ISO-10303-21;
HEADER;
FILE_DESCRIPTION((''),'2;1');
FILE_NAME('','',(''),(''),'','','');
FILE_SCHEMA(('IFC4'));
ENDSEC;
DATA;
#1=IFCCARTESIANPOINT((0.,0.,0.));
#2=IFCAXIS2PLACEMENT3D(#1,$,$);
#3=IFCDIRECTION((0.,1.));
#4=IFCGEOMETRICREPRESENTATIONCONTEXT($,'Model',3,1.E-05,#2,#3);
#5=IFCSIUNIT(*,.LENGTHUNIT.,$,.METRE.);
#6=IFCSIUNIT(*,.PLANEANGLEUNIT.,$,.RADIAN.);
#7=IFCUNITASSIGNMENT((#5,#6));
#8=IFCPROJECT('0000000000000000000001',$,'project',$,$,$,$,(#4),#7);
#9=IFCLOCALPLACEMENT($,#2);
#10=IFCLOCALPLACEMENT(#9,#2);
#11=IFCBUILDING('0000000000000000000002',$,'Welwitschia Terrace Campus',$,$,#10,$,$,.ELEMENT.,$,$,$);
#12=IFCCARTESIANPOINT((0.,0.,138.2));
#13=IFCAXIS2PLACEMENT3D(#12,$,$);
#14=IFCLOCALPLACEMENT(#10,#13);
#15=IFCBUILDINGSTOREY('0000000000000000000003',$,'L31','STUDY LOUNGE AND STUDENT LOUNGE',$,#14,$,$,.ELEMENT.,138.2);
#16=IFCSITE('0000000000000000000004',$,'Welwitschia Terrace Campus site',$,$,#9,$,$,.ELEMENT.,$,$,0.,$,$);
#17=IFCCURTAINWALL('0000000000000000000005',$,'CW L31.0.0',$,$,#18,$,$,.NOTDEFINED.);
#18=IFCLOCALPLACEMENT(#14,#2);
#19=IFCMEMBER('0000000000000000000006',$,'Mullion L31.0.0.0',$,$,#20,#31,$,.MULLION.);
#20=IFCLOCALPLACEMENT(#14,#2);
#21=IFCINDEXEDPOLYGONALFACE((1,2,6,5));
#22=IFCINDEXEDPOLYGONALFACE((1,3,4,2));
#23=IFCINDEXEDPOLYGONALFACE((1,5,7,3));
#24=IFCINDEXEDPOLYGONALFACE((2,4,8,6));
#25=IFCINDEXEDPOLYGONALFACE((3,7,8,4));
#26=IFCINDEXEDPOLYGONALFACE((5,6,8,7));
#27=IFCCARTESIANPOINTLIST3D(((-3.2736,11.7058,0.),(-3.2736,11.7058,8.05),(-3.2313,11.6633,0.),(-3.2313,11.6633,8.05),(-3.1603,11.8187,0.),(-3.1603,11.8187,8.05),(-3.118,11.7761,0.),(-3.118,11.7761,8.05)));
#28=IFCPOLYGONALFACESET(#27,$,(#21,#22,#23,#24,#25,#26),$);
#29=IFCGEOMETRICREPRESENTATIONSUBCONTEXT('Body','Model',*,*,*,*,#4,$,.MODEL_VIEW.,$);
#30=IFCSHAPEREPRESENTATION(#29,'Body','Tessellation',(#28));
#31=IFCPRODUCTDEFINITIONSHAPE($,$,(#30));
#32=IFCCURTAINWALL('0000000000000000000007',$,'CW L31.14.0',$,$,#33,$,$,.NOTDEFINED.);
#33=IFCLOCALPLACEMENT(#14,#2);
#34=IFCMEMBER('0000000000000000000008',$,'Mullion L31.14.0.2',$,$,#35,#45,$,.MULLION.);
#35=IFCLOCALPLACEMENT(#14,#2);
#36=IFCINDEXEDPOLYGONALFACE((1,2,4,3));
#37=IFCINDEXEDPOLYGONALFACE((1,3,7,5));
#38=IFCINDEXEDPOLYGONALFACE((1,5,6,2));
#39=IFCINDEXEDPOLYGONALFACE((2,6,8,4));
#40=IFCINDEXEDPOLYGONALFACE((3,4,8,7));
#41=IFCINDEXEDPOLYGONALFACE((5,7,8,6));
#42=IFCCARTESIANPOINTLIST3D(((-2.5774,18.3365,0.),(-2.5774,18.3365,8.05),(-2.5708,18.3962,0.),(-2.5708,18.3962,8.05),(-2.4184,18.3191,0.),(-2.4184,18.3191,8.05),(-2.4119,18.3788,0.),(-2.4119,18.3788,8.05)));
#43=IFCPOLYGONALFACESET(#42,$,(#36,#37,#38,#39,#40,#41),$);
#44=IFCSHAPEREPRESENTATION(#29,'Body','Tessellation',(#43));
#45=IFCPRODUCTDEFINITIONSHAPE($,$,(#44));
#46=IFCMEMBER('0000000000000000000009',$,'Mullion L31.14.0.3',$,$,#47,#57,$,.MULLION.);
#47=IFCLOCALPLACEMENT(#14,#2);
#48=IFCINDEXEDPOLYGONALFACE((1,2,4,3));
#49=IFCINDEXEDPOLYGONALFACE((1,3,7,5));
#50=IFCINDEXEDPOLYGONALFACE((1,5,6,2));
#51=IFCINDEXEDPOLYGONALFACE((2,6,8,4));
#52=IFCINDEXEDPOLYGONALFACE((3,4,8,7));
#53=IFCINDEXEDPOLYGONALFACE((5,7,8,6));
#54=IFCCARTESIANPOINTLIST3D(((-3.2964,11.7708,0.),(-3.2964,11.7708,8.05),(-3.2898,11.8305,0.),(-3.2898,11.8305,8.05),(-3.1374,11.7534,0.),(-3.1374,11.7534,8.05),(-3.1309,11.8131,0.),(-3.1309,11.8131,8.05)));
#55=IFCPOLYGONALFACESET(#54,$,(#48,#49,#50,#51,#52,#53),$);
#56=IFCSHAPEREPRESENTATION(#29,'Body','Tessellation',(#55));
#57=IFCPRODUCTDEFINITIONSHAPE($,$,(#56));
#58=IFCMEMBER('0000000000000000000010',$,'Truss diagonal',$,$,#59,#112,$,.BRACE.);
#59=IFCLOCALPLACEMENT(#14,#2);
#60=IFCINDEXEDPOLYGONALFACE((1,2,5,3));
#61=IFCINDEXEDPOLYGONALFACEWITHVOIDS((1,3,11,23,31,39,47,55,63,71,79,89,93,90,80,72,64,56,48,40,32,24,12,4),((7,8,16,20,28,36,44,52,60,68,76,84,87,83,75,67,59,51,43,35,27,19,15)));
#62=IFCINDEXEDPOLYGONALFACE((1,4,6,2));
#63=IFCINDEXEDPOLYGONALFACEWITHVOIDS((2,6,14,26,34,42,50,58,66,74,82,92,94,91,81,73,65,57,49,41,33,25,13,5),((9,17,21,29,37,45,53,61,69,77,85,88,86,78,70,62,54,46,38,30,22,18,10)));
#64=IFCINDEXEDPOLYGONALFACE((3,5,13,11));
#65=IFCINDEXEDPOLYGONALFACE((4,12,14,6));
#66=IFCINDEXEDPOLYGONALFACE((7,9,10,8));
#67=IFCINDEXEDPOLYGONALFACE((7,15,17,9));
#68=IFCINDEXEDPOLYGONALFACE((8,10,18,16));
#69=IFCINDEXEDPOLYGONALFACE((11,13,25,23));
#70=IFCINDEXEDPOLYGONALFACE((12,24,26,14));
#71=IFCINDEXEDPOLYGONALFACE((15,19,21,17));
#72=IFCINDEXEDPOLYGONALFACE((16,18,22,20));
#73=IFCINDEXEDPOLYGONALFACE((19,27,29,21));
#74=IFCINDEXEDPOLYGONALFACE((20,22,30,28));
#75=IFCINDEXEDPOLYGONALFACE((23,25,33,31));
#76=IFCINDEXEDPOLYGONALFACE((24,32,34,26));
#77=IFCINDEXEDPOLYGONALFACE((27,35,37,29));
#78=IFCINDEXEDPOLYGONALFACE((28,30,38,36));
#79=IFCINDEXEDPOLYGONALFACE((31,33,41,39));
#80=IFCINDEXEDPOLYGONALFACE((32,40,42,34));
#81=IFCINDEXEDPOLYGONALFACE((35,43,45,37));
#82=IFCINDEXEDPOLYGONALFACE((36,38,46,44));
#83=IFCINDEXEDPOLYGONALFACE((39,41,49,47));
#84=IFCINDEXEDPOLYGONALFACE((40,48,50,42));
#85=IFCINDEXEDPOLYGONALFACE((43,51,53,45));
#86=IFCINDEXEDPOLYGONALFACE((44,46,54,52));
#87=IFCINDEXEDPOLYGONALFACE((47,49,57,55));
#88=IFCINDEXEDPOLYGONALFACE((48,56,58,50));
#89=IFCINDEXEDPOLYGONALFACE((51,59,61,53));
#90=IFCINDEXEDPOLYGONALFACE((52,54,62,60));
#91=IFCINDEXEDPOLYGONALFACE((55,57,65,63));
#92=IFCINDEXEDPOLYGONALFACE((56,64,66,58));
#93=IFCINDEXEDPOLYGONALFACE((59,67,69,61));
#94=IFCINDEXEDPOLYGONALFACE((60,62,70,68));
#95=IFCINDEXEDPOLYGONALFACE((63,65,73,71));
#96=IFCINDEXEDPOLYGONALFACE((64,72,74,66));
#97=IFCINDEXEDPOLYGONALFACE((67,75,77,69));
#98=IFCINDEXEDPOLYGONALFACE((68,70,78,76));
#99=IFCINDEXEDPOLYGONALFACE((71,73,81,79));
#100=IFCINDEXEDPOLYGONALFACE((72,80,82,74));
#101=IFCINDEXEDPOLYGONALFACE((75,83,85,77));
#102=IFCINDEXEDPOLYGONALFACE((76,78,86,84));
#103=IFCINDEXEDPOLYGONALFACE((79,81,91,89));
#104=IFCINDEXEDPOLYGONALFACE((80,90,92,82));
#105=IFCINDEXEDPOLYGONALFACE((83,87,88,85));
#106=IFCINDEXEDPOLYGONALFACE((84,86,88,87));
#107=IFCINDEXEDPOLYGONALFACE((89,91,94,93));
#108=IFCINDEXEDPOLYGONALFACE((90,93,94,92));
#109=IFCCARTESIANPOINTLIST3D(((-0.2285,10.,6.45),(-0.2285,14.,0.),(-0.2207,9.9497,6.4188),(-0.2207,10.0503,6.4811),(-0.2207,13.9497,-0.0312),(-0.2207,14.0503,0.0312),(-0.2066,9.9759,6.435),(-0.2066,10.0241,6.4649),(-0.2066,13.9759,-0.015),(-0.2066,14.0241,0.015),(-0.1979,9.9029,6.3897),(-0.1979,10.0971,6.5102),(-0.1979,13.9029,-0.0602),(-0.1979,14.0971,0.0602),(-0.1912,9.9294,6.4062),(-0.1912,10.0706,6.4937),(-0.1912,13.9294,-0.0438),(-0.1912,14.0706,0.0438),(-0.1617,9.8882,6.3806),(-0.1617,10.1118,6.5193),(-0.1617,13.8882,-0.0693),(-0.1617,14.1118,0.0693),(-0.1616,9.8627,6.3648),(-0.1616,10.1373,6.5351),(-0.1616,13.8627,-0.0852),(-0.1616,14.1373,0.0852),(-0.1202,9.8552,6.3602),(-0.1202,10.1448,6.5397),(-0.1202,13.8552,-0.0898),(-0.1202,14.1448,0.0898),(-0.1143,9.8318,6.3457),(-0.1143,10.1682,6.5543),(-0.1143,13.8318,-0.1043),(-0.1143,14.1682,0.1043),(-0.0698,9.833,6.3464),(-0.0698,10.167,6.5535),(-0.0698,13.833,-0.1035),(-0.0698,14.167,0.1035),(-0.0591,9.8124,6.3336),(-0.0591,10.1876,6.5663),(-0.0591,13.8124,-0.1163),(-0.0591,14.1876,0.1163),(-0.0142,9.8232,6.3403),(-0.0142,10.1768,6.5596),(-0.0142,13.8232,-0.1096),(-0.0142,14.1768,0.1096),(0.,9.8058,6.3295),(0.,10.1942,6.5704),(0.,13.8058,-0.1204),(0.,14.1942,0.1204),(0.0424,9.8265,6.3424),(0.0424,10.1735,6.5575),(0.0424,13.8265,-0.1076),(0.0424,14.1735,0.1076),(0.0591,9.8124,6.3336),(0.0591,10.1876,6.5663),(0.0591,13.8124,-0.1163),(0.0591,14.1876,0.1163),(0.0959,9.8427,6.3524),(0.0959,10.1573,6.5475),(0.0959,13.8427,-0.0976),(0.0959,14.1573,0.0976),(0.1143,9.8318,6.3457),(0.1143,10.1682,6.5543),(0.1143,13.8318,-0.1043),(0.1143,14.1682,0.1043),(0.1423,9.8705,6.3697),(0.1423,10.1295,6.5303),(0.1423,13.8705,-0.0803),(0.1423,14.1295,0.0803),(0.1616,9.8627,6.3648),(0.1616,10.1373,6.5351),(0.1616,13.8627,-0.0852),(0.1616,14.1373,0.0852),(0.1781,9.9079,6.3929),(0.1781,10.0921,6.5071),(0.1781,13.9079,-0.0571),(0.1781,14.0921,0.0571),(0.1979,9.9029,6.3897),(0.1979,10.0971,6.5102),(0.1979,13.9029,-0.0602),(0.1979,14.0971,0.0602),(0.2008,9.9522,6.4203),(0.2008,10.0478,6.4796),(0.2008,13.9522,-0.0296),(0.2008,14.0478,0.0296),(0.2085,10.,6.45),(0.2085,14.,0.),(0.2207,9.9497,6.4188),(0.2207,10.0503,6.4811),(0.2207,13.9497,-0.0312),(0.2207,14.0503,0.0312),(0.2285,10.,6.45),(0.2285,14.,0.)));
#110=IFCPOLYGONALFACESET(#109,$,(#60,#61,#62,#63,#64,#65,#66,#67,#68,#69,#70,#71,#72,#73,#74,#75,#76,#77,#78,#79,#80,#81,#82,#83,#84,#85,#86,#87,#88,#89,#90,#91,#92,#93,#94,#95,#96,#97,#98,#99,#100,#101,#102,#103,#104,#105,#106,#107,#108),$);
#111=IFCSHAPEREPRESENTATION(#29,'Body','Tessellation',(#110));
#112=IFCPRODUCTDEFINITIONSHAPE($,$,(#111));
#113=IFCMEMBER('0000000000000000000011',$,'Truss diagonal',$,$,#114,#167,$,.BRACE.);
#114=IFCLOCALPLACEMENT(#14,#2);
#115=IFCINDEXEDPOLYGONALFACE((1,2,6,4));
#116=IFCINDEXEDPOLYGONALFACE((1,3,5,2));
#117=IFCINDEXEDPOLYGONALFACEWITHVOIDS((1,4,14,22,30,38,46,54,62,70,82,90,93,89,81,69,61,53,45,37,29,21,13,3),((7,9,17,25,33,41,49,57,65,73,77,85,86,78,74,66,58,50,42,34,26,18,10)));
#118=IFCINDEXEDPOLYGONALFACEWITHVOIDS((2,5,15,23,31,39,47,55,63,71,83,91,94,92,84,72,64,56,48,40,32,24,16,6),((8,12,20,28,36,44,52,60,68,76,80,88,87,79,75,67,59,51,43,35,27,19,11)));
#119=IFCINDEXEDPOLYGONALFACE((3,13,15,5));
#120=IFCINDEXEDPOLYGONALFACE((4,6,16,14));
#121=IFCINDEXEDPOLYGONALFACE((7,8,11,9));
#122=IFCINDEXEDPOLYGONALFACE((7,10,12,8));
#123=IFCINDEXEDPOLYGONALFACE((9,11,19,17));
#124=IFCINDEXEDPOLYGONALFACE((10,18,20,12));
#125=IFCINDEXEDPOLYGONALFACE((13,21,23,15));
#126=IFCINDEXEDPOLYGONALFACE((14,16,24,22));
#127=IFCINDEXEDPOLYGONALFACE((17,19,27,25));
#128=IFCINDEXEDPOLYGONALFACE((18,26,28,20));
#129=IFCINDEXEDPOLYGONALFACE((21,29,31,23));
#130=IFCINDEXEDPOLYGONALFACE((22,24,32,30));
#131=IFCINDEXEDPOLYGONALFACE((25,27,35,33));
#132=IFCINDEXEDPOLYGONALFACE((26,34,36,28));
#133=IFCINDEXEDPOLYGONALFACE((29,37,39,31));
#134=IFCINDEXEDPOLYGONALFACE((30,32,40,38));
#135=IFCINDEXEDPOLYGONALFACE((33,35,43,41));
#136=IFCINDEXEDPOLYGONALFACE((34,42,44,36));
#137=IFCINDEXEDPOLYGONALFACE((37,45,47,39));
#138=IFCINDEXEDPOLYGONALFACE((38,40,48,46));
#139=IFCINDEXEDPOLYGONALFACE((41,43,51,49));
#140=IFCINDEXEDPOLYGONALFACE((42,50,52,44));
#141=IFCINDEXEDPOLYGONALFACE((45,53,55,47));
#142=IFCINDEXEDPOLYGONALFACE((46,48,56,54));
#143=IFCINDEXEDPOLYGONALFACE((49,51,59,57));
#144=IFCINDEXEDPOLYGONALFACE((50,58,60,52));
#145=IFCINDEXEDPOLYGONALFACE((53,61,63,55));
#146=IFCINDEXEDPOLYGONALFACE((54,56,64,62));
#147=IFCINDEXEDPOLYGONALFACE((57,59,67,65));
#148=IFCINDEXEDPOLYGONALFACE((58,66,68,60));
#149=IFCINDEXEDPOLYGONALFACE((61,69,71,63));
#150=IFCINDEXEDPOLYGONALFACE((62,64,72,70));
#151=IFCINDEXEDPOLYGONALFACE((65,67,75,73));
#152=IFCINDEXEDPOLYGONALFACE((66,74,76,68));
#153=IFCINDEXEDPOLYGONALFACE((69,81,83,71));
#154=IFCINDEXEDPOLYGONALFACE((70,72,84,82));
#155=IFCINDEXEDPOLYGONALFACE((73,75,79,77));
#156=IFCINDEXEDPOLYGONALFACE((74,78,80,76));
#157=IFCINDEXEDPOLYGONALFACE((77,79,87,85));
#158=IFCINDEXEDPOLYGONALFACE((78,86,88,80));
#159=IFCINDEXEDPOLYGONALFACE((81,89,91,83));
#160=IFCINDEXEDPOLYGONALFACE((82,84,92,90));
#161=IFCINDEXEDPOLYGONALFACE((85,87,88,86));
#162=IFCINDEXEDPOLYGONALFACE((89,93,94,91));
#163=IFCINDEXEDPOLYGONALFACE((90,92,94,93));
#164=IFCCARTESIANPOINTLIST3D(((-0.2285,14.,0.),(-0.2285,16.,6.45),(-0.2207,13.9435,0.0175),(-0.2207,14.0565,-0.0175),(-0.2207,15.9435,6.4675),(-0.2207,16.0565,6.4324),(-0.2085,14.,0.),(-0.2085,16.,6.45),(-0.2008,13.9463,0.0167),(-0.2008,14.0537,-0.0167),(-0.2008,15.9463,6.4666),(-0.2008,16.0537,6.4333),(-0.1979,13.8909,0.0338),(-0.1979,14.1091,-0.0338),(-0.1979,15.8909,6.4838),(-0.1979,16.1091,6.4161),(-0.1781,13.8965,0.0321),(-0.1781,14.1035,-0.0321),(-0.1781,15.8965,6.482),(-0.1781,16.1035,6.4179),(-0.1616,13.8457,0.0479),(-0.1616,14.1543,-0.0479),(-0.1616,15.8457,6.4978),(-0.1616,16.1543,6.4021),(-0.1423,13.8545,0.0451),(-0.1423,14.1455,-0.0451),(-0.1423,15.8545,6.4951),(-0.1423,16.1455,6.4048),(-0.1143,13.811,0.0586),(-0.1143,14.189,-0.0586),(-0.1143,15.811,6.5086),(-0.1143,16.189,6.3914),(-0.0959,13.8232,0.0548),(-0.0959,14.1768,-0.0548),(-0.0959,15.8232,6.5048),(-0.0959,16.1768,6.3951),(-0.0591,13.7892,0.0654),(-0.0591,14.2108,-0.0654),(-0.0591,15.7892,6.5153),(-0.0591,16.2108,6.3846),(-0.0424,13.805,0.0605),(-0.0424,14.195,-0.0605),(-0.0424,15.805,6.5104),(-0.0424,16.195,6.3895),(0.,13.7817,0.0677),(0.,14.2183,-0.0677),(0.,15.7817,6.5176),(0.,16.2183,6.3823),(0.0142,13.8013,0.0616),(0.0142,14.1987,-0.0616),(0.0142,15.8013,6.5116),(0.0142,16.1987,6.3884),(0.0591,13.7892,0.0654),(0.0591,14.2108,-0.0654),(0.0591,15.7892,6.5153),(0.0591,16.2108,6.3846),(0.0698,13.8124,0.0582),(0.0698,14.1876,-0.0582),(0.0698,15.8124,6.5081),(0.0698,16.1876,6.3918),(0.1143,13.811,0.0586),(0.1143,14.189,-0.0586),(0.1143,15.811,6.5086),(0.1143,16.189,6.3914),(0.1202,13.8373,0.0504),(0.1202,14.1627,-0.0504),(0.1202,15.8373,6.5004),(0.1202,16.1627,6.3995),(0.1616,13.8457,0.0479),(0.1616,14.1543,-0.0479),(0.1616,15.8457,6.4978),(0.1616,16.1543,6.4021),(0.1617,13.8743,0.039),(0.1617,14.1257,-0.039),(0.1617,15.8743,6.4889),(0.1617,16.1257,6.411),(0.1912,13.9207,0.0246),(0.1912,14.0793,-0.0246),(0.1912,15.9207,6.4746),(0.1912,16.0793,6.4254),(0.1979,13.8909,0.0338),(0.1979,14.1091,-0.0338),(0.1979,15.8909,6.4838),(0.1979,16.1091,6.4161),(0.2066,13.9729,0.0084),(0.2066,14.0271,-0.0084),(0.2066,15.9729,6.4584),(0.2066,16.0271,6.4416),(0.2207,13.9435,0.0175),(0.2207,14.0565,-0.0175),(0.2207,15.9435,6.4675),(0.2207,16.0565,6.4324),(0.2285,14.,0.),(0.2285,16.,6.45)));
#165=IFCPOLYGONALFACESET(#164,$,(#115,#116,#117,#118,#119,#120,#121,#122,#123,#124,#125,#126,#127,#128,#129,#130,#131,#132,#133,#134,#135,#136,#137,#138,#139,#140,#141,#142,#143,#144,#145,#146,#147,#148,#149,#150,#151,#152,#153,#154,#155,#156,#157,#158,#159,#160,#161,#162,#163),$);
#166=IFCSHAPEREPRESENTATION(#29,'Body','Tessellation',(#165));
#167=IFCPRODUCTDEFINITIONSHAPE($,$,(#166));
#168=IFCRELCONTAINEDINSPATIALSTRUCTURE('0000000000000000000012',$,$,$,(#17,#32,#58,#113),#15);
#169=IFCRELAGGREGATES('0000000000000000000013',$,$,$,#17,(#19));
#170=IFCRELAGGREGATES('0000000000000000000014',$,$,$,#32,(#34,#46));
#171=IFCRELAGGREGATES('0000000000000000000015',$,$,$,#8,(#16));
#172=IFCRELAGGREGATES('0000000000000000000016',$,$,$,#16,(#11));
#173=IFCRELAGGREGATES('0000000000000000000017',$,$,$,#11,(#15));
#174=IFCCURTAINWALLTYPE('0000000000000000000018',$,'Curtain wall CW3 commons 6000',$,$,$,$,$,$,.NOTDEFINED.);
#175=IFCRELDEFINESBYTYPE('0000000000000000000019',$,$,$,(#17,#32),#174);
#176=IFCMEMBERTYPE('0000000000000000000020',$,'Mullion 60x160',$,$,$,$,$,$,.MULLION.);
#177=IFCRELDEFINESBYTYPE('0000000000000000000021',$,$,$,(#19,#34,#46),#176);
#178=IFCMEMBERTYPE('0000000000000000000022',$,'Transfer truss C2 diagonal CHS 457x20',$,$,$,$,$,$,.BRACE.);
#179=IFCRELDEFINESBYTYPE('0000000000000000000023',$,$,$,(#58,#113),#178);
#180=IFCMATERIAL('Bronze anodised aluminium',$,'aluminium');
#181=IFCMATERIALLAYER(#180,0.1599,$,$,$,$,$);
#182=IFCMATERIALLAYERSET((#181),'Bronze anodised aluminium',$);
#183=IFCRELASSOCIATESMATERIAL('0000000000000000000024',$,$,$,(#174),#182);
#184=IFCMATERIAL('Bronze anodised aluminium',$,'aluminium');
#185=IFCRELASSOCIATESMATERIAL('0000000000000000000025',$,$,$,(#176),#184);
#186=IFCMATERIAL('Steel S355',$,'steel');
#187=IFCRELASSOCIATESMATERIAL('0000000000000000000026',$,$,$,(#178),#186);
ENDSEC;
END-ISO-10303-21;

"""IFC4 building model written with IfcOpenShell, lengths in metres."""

from ifc_helpers import new_model, si_unit, direction, frame, origin, origin_2d, place, context, subcontext, project, spatial, rectangle, hollow_circle, extrude, material, layer, layer_set, material_profile, profile_set, type_object, element, aggregate, save


model = new_model("IFC4")

# Units and contexts
model_context = context("Model", 3, precision=1e-05, world=origin(), true_north=direction((0.0, 1.0)))
body_context = subcontext(model_context, "Body", "Model", "MODEL_VIEW")
ifc_project = project(units=[si_unit("LENGTHUNIT", "METRE"), si_unit("PLANEANGLEUNIT", "RADIAN")], contexts=[model_context])

# Site, building, storey
site_placement = place(None, origin())
site = spatial("IfcSite", under=ifc_project, at=site_placement, Name="Welwitschia Terrace Campus site", CompositionType="ELEMENT", RefElevation=0.0)
building_placement = place(site_placement, origin())
building = spatial("IfcBuilding", under=site, at=building_placement, Name="Welwitschia Terrace Campus", CompositionType="ELEMENT")
storey_placement = place(building_placement, frame((0.0, 0.0, 138.2)))
storey = spatial("IfcBuildingStorey", under=building, at=storey_placement, Name="L31", Description="STUDY LOUNGE AND STUDENT LOUNGE", CompositionType="ELEMENT", Elevation=138.2)

# Curtain wall, member
ifc_material_1 = material(Name="Bronze anodised aluminium", Category="aluminium")
ifc_layer_1 = layer(ifc_material_1, 0.1599)
ifc_layer_set_1 = layer_set([ifc_layer_1], Name="Bronze anodised aluminium")
curtain_wall_type = type_object("IfcCurtainWallType", Name="Curtain wall CW3 commons 6000", PredefinedType="NOTDEFINED", material=ifc_layer_set_1)
curtain_wall_1_placement = place(storey_placement, origin())
curtain_wall_1 = element("IfcCurtainWall", 1, at=curtain_wall_1_placement, inside=storey, type_object=curtain_wall_type, Name="CW L31.0.0", PredefinedType="NOTDEFINED")
ifc_material_2 = material(Name="Bronze anodised aluminium", Category="aluminium")
ifc_material_profile_1 = material_profile(ifc_material_2, rectangle(XDim=0.1599, YDim=0.0601, at=origin_2d()))
ifc_profile_set_1 = profile_set([ifc_material_profile_1], Name="Bronze anodised aluminium")
member_type_1 = type_object("IfcMemberType", Name="Mullion 60x160", PredefinedType="MULLION", material=ifc_profile_set_1)
member_1_placement = place(storey_placement, frame((-3.1958, 11.741, 0.0), z_axis=(0.0, 0.0, 1.0), x_axis=(0.708542, 0.705668, 0.0)))
member_1 = element("IfcMember", 2, at=member_1_placement, type_object=member_type_1, Name="Mullion L31.0.0.0", PredefinedType="MULLION", context=body_context, shape_type="SweptSolid", body=[
    extrude(rectangle(XDim=0.1599, YDim=0.0601, at=origin_2d()), origin(), (0.0, 0.0, 1.0), 8.05),
])

# Curtain wall, members
curtain_wall_2_placement = place(storey_placement, origin())
curtain_wall_2 = element("IfcCurtainWall", 3, at=curtain_wall_2_placement, inside=storey, type_object=curtain_wall_type, Name="CW L31.14.0", PredefinedType="NOTDEFINED")
member_2_placement = place(storey_placement, frame((-2.4946, 18.3577, 0.0), z_axis=(0.0, 0.0, 1.0), x_axis=(0.994056, -0.108867, 0.0)))
member_2 = element("IfcMember", 4, at=member_2_placement, type_object=member_type_1, Name="Mullion L31.14.0.2", PredefinedType="MULLION", context=body_context, shape_type="SweptSolid", body=[
    extrude(rectangle(XDim=0.1599, YDim=0.0601, at=origin_2d()), origin(), (0.0, 0.0, 1.0), 8.05),
])
member_3_placement = place(storey_placement, frame((-3.2136, 11.792, 0.0), z_axis=(0.0, 0.0, 1.0), x_axis=(0.994056, -0.108867, 0.0)))
member_3 = element("IfcMember", 5, at=member_3_placement, type_object=member_type_1, Name="Mullion L31.14.0.3", PredefinedType="MULLION", context=body_context, shape_type="SweptSolid", body=[
    extrude(rectangle(XDim=0.1599, YDim=0.0601, at=origin_2d()), origin(), (0.0, 0.0, 1.0), 8.05),
])

# Members
ifc_material_3 = material(Name="Steel S355", Category="steel")
ifc_material_profile_2 = material_profile(ifc_material_3, hollow_circle(Radius=0.2285, WallThickness=0.02, at=origin_2d()))
ifc_profile_set_2 = profile_set([ifc_material_profile_2], Name="Steel S355")
member_type_2 = type_object("IfcMemberType", Name="Transfer truss C2 diagonal CHS 457x20", PredefinedType="BRACE", material=ifc_profile_set_2)
member_4_placement = place(storey_placement, frame((0.0, 14.0, 0.0), z_axis=(0.0, -0.527038, 0.849842), x_axis=(1.0, 0.0, 0.0)))
element("IfcMember", 6, at=member_4_placement, inside=storey, type_object=member_type_2, Name="Truss diagonal", PredefinedType="BRACE", context=body_context, shape_type="SweptSolid", body=[
    extrude(hollow_circle(Radius=0.2285, WallThickness=0.02, at=origin_2d()), origin(), (0.0, 0.0, 1.0), 7.5896),
])
member_5_placement = place(storey_placement, frame((0.0, 14.0, 0.0), z_axis=(0.0, 0.296168, 0.955136), x_axis=(-1.0, 0.0, 0.0)))
element("IfcMember", 7, at=member_5_placement, inside=storey, type_object=member_type_2, Name="Truss diagonal", PredefinedType="BRACE", context=body_context, shape_type="SweptSolid", body=[
    extrude(hollow_circle(Radius=0.2285, WallThickness=0.02, at=origin_2d()), origin(), (0.0, 0.0, 1.0), 6.7529),
])

aggregate(curtain_wall_1, [member_1])

aggregate(curtain_wall_2, [member_2, member_3])

save(model, "model.ifc")
